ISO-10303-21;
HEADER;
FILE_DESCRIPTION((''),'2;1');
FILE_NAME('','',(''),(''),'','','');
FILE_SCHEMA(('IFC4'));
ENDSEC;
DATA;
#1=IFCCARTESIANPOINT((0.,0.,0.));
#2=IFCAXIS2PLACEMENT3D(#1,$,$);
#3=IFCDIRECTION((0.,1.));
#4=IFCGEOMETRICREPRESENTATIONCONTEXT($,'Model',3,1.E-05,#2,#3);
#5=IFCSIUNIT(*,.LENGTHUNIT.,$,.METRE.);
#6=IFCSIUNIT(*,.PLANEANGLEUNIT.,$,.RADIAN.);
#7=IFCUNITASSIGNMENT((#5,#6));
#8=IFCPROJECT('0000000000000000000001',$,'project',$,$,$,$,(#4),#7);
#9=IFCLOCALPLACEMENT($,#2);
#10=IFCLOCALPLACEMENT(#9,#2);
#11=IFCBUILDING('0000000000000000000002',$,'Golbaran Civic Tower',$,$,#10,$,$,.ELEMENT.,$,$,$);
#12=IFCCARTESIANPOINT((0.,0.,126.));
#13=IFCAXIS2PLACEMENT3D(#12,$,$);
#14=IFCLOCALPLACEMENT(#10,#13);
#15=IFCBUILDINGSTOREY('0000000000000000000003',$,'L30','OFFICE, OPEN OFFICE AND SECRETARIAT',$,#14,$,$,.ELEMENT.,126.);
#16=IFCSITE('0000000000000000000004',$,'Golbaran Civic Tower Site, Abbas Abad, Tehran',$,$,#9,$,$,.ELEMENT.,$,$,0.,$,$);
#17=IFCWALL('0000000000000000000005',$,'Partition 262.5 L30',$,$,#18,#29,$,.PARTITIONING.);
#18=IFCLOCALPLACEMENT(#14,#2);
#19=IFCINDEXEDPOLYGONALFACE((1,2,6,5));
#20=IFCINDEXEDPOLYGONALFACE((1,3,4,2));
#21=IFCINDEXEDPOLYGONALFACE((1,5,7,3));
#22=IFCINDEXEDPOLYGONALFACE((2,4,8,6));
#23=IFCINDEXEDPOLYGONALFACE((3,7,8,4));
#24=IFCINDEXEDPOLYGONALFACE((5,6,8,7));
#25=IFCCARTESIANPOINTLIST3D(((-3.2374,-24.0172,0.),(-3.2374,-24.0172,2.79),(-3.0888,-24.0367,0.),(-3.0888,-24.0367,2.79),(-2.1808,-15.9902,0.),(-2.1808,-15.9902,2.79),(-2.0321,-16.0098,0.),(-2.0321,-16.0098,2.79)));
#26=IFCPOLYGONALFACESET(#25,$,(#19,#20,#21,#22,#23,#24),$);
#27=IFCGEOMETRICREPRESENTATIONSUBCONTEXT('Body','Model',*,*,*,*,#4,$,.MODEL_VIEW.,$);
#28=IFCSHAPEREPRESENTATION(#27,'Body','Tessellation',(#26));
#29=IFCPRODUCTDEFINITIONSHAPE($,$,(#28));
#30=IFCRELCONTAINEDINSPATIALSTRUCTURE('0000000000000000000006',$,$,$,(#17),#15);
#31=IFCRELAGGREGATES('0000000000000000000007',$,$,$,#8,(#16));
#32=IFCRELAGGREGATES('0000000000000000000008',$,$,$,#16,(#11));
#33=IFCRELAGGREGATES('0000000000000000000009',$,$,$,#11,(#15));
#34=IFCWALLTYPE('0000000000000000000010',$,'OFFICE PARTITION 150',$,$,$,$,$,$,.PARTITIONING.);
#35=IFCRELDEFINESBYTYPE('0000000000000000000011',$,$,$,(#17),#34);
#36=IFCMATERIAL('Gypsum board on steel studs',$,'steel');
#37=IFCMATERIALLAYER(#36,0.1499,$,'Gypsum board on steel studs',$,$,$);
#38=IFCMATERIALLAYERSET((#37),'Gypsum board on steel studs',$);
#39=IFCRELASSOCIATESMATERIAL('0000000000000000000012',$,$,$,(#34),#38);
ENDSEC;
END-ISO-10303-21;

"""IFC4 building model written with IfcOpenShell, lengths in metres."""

from ifc_helpers import new_model, si_unit, direction, frame, frame_2d, origin, place, context, subcontext, project, spatial, rectangle, extrude, material, layer, layer_set, type_object, element, save


model = new_model("IFC4")

# Units and contexts
model_context = context("Model", 3, precision=1e-05, world=origin(), true_north=direction((0.0, 1.0)))
body_context = subcontext(model_context, "Body", "Model", "MODEL_VIEW")
ifc_project = project(units=[si_unit("LENGTHUNIT", "METRE"), si_unit("PLANEANGLEUNIT", "RADIAN")], contexts=[model_context])

# Site, building, storey
site_placement = place(None, origin())
site = spatial("IfcSite", under=ifc_project, at=site_placement, Name="Golbaran Civic Tower Site, Abbas Abad, Tehran", CompositionType="ELEMENT", RefElevation=0.0)
building_placement = place(site_placement, origin())
building = spatial("IfcBuilding", under=site, at=building_placement, Name="Golbaran Civic Tower", CompositionType="ELEMENT")
storey_placement = place(building_placement, frame((0.0, 0.0, 126.0)))
storey = spatial("IfcBuildingStorey", under=building, at=storey_placement, Name="L30", Description="OFFICE, OPEN OFFICE AND SECRETARIAT", CompositionType="ELEMENT", Elevation=126.0)

# Shared definitions
ifc_material_1 = material(Name="Gypsum board on steel studs", Category="steel")
ifc_layer_1 = layer(ifc_material_1, 0.1499, Name="Gypsum board on steel studs")
ifc_layer_set_1 = layer_set([ifc_layer_1], Name="Gypsum board on steel studs")
wall_type_1 = type_object("IfcWallType", Name="OFFICE PARTITION 150", PredefinedType="PARTITIONING", material=ifc_layer_set_1)

# Wall
wall_1_placement = place(storey_placement, frame((-2.1064, -16.0, 0.0), z_axis=(0.0, 0.0, 1.0), x_axis=(-0.130512, -0.991447, 0.0)))
element("IfcWall", 1, at=wall_1_placement, inside=storey, type_object=wall_type_1, Name="Partition 262.5 L30", PredefinedType="PARTITIONING", context=body_context, shape_type="SweptSolid", body=[
    extrude(rectangle(XDim=8.0962, YDim=0.1499, at=frame_2d((4.0481, 0.0))), origin(), (0.0, 0.0, 1.0), 2.79),
])

save(model, "model.ifc")
